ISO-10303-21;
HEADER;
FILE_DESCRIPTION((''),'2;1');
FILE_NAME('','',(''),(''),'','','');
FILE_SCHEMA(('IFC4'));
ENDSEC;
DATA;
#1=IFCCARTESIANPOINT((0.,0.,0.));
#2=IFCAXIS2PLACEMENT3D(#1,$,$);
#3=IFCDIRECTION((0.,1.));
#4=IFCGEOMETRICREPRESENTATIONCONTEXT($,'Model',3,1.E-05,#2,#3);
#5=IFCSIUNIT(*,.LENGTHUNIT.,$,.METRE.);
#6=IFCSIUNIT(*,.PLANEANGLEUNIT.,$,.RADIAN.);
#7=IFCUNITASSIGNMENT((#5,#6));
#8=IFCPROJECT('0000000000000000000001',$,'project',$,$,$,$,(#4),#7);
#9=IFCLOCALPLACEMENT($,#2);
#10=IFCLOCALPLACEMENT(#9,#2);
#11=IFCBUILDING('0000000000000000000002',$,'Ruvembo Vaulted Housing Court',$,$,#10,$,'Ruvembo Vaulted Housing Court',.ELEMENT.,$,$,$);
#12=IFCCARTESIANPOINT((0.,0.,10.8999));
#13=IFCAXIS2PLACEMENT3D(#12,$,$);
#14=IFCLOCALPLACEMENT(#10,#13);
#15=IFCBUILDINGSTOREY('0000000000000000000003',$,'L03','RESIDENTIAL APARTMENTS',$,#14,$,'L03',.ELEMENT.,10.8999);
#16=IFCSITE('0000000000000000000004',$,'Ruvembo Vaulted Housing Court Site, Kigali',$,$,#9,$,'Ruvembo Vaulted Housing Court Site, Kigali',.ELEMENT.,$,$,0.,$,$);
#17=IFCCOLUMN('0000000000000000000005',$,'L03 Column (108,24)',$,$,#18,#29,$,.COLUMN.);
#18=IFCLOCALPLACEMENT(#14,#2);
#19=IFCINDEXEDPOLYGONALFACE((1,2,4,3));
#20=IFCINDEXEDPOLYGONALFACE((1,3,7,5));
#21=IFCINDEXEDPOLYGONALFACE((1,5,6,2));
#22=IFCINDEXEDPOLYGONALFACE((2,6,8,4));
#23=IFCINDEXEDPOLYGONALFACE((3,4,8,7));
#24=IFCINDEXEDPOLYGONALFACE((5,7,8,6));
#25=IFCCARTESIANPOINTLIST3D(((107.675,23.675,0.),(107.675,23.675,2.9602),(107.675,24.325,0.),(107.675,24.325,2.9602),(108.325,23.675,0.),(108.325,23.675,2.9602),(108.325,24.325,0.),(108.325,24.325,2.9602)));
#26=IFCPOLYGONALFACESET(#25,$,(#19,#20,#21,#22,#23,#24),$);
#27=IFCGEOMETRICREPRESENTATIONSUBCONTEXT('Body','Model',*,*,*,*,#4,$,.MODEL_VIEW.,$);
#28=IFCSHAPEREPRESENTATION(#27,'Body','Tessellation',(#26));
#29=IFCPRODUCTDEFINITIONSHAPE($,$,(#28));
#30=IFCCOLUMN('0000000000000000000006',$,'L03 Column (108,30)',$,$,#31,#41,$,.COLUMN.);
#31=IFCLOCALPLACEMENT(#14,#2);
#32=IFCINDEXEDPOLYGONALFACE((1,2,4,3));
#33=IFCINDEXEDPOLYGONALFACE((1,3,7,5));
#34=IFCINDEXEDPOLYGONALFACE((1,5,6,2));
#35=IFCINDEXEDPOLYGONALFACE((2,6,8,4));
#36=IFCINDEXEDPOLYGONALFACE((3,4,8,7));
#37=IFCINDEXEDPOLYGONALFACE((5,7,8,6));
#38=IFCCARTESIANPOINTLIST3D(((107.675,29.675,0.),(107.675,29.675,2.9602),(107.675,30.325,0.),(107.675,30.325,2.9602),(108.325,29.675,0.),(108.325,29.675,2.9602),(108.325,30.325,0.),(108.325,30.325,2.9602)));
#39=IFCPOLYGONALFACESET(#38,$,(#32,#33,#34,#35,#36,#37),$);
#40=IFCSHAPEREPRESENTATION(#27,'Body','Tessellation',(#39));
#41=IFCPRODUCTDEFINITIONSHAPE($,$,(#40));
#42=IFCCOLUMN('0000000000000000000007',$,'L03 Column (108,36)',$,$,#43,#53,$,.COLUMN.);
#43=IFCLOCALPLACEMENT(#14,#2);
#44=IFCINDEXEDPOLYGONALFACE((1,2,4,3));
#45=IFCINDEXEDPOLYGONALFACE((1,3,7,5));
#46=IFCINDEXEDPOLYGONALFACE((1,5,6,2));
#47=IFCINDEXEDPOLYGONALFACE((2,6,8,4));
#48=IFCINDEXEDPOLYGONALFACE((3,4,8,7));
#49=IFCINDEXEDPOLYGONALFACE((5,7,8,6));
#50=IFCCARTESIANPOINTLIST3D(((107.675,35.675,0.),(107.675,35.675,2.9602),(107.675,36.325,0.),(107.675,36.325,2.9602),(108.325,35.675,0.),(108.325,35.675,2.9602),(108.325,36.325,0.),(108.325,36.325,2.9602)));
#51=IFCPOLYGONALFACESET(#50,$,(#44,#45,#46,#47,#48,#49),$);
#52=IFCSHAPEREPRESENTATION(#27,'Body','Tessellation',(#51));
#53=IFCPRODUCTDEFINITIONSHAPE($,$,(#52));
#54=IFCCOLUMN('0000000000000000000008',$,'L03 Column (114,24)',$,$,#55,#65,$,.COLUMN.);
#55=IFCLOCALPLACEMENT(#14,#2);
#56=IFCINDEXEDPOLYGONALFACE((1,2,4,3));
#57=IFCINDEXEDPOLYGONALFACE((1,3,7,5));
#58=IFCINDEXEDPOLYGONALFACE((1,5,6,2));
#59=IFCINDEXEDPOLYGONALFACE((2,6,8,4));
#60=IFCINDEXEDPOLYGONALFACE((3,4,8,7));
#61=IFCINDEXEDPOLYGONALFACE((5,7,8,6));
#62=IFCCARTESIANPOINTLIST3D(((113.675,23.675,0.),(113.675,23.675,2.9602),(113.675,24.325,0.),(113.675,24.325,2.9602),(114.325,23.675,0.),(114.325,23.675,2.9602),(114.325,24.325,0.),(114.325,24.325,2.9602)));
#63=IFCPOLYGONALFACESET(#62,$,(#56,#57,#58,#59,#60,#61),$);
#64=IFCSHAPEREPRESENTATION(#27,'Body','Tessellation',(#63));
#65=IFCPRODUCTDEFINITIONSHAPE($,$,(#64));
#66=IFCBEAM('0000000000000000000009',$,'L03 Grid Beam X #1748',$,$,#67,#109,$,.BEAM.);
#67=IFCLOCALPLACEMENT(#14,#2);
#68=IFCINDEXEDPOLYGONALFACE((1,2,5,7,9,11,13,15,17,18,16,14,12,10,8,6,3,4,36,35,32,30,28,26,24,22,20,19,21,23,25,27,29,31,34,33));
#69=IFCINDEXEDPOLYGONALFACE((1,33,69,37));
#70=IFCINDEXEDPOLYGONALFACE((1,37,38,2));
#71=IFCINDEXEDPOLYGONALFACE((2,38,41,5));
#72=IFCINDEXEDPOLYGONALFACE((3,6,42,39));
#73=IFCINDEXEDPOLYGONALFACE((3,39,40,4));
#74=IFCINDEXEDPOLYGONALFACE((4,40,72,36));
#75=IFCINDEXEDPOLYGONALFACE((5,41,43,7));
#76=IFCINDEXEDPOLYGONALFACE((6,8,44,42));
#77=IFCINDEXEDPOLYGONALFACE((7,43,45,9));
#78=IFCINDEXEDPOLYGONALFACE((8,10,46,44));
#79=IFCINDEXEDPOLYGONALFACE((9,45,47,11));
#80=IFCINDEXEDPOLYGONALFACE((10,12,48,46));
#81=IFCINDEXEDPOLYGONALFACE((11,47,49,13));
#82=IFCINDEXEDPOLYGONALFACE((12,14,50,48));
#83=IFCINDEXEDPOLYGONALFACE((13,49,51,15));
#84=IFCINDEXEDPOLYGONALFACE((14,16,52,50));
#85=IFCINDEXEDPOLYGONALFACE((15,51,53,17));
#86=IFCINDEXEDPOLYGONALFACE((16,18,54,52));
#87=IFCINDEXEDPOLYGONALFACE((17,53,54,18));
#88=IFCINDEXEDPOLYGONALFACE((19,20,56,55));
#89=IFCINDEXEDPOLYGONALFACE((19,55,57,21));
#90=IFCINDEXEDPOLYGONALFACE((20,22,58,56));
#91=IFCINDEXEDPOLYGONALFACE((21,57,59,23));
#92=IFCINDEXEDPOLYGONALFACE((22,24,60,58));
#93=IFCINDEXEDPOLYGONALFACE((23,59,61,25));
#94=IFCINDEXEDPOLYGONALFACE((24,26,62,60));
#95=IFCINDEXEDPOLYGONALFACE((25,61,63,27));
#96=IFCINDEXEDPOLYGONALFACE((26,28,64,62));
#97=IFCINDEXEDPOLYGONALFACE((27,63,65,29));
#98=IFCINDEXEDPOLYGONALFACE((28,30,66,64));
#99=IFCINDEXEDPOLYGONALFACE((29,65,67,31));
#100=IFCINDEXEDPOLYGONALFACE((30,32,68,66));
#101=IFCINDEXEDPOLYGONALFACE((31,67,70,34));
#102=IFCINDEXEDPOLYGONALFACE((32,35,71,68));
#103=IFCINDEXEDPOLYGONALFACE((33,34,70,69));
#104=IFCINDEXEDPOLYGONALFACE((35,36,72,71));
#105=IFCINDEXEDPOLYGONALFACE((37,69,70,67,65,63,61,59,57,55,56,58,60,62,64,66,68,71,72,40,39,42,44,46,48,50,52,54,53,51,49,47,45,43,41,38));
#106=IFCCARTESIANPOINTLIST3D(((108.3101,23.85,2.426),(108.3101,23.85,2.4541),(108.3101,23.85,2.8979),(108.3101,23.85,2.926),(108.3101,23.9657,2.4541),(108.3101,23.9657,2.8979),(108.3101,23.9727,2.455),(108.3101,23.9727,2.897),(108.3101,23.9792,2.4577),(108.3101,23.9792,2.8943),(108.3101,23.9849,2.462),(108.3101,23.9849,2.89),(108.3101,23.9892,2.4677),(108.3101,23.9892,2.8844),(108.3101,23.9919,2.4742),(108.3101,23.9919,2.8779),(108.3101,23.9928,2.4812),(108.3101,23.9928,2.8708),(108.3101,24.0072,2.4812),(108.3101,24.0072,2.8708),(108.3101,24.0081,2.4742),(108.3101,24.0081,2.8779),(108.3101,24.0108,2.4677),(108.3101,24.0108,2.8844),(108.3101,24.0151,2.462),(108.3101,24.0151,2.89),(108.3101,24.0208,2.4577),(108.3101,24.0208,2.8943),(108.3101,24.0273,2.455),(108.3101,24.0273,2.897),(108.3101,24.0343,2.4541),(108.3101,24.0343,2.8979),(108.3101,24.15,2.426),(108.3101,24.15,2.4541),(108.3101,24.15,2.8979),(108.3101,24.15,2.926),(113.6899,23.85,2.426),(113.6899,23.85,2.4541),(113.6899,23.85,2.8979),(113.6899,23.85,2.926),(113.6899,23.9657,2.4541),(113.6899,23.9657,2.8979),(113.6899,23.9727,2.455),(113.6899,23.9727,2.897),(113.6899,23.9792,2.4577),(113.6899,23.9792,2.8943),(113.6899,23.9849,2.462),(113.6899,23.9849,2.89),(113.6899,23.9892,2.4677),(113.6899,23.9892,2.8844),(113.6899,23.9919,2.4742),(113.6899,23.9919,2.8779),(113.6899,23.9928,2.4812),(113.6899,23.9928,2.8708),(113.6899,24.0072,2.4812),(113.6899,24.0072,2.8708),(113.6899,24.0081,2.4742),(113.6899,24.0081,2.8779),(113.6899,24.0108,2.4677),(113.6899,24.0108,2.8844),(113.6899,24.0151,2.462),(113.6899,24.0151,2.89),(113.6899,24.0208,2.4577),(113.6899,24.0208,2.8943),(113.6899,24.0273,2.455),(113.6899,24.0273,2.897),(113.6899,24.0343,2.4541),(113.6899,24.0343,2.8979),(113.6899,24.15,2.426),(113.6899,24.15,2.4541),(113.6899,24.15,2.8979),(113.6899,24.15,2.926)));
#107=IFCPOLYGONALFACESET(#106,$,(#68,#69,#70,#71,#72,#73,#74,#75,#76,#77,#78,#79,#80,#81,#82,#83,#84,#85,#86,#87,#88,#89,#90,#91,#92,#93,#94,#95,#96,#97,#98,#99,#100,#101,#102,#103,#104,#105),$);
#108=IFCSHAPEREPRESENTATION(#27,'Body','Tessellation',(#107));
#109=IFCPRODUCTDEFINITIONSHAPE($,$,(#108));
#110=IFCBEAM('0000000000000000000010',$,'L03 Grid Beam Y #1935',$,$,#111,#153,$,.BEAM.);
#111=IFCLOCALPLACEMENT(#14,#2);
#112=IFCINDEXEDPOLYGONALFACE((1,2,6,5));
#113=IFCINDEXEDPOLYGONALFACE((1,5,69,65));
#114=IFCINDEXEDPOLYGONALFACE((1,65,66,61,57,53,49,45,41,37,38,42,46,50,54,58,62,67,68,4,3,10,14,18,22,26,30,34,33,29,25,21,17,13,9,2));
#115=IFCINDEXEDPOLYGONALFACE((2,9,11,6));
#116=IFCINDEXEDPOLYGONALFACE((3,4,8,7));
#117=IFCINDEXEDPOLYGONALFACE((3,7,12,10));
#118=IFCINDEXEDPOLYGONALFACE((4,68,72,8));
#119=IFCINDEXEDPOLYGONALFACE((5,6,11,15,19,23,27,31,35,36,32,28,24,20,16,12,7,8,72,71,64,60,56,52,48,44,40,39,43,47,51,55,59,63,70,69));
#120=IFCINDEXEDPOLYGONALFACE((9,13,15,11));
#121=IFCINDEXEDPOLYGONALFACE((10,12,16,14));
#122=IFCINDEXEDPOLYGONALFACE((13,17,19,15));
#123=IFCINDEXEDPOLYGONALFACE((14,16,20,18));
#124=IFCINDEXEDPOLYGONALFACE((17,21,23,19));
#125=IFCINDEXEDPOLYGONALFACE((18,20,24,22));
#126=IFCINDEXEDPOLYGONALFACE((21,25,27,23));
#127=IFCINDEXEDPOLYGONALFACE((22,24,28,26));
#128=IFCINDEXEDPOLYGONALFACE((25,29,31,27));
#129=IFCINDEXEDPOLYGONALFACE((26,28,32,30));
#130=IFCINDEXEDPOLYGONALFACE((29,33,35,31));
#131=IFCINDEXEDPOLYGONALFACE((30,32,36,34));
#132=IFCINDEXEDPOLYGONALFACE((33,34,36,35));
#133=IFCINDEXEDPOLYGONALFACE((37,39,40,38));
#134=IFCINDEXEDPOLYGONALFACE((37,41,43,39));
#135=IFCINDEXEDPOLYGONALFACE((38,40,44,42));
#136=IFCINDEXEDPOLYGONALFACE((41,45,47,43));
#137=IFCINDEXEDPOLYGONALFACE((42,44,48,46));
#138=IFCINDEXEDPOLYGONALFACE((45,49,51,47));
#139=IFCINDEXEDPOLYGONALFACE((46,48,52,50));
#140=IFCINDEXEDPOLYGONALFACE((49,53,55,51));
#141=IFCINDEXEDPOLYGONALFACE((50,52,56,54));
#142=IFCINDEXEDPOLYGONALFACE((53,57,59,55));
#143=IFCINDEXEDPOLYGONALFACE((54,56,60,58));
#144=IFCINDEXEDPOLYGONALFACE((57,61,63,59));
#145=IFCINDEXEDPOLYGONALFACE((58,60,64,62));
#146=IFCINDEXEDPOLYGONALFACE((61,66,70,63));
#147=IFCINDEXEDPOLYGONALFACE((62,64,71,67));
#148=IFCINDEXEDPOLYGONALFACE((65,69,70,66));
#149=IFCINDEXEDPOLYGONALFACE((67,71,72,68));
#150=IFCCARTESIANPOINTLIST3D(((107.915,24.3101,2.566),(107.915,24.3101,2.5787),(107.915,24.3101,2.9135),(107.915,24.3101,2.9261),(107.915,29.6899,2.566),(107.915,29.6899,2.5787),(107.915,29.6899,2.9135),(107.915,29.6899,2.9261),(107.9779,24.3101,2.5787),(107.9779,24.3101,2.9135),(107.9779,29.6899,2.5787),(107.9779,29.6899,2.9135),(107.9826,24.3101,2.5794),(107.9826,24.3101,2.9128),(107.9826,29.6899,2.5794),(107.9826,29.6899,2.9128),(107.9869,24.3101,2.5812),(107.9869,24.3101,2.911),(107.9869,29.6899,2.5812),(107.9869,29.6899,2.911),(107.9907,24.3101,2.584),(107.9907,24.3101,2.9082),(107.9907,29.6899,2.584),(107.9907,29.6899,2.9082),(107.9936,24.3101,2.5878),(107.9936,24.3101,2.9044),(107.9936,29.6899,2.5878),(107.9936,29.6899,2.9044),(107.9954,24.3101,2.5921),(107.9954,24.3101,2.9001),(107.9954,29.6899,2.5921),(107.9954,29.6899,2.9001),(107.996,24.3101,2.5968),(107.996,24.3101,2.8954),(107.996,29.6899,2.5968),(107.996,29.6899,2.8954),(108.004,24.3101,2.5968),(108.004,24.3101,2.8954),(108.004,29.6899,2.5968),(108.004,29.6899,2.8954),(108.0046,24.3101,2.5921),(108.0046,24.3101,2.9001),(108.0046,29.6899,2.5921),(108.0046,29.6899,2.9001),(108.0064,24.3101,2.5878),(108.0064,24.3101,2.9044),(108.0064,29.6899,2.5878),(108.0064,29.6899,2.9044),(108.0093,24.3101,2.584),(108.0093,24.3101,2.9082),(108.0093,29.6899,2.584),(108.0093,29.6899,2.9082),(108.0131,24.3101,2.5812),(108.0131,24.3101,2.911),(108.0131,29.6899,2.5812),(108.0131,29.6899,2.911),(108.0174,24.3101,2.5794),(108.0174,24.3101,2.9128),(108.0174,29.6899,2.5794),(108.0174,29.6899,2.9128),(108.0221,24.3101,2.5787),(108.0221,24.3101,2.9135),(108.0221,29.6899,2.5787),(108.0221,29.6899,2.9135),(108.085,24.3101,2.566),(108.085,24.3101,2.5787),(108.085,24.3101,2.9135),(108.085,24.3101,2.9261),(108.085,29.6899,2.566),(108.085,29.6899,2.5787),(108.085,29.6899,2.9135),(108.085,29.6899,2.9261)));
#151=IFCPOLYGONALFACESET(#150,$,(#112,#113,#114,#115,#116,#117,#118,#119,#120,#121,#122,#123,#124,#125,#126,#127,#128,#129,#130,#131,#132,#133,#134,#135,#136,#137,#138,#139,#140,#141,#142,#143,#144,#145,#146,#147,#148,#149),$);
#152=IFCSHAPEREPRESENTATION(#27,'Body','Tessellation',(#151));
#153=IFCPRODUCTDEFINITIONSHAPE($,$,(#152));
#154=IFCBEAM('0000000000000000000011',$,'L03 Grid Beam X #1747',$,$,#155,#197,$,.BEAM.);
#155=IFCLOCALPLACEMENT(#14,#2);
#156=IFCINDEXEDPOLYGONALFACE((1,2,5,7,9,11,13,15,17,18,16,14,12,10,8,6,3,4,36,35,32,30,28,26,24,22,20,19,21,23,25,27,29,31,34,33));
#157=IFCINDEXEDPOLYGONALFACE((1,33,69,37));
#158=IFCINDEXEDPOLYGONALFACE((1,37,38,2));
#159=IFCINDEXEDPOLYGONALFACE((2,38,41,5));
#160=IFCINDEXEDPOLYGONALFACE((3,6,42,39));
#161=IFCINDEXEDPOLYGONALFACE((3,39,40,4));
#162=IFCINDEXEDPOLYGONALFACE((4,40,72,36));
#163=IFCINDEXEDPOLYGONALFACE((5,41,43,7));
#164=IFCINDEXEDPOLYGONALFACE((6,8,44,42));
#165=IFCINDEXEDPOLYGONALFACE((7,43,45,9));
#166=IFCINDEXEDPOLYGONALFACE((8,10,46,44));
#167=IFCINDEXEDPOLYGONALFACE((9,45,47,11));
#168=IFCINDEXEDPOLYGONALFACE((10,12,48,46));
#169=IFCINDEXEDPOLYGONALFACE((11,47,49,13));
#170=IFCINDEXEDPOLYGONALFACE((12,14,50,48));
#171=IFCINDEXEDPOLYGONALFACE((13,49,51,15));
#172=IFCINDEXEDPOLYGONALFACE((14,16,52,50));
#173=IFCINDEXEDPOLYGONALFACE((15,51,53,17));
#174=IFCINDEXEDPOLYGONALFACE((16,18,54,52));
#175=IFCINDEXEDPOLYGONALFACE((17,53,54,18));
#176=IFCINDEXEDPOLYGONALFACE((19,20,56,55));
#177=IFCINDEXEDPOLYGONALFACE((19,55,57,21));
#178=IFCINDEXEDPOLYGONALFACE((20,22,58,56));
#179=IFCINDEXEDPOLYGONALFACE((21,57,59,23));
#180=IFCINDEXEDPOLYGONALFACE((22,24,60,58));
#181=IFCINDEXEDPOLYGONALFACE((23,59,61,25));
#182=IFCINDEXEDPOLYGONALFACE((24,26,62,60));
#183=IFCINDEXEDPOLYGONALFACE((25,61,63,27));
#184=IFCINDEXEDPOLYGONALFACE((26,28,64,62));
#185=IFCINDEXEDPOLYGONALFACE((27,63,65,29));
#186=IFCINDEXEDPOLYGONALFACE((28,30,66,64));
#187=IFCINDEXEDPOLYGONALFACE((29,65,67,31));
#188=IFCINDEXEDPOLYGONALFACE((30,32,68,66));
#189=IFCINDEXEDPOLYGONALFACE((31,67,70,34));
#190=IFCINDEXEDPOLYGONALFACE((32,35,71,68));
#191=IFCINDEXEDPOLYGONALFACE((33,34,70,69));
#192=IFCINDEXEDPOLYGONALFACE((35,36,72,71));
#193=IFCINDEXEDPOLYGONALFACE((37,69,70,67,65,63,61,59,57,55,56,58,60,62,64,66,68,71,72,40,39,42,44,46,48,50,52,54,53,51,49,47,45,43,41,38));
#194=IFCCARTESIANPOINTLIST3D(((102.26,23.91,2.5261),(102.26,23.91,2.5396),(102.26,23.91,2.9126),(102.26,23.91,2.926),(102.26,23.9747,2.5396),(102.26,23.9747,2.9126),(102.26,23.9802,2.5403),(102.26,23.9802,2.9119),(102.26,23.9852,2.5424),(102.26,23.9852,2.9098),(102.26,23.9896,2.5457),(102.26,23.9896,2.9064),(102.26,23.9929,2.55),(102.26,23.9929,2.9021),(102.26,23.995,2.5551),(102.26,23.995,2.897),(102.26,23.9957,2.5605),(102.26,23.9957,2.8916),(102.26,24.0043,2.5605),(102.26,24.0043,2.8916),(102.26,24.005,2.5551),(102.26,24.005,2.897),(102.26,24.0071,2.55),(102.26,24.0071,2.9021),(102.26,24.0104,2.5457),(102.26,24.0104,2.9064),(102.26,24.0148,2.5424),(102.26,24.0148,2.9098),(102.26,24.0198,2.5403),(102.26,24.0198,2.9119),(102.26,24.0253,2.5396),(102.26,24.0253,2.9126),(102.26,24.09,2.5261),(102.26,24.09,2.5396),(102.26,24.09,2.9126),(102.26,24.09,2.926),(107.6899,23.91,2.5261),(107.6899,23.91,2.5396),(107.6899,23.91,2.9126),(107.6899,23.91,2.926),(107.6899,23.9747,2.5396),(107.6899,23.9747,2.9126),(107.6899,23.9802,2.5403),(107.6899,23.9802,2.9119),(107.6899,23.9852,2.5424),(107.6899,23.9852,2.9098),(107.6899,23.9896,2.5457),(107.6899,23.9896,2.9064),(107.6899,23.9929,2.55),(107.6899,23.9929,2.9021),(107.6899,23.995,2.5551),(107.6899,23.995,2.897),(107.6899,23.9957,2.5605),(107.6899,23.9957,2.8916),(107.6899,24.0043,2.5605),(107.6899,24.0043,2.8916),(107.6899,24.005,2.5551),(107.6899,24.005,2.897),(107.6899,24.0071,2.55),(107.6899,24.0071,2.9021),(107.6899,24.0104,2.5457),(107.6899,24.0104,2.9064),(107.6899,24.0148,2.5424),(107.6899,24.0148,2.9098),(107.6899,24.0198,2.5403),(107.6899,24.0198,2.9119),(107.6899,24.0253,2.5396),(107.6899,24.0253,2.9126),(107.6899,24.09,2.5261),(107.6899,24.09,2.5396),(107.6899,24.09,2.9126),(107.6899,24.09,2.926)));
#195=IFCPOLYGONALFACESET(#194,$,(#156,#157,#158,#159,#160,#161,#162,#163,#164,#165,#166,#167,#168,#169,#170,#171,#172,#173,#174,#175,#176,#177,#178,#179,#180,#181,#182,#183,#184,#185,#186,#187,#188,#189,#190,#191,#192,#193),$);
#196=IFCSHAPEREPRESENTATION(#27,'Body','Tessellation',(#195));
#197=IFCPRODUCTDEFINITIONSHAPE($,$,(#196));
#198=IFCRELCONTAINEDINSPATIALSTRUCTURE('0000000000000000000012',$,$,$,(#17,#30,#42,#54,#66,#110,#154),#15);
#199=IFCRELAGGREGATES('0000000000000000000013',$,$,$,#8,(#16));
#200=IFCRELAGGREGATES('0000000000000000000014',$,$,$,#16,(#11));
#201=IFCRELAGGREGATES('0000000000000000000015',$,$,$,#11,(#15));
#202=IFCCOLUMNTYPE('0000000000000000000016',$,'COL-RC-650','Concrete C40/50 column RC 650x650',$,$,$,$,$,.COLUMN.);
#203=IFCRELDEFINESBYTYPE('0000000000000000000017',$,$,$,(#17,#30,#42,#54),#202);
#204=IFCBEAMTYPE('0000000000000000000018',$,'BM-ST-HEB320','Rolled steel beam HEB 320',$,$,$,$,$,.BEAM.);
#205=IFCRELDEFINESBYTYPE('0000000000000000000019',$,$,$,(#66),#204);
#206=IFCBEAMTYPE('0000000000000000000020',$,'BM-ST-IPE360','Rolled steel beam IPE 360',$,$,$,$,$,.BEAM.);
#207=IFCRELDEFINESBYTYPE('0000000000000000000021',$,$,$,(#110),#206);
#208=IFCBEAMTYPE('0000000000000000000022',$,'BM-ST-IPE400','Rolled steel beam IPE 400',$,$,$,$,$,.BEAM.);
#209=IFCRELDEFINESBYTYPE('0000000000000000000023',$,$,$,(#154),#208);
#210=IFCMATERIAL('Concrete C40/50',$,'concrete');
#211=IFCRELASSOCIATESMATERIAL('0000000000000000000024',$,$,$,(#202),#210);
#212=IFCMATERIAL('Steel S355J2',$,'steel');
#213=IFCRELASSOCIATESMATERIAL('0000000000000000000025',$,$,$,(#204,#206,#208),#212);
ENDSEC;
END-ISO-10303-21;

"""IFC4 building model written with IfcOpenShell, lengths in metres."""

from ifc_helpers import new_model, si_unit, direction, frame, origin, origin_2d, place, context, subcontext, project, spatial, rectangle, i_section, extrude, material, material_profile, profile_set, type_object, element, save


model = new_model("IFC4")

# Units and contexts
model_context = context("Model", 3, precision=1e-05, world=origin(), true_north=direction((0.0, 1.0)))
body_context = subcontext(model_context, "Body", "Model", "MODEL_VIEW")
ifc_project = project(units=[si_unit("LENGTHUNIT", "METRE"), si_unit("PLANEANGLEUNIT", "RADIAN")], contexts=[model_context])

# Site, building, storey
site_placement = place(None, origin())
site = spatial("IfcSite", under=ifc_project, at=site_placement, Name="Ruvembo Vaulted Housing Court Site, Kigali", LongName="Ruvembo Vaulted Housing Court Site, Kigali", CompositionType="ELEMENT", RefElevation=0.0)
building_placement = place(site_placement, origin())
building = spatial("IfcBuilding", under=site, at=building_placement, Name="Ruvembo Vaulted Housing Court", LongName="Ruvembo Vaulted Housing Court", CompositionType="ELEMENT")
storey_placement = place(building_placement, frame((0.0, 0.0, 10.8999)))
storey = spatial("IfcBuildingStorey", under=building, at=storey_placement, Name="L03", Description="RESIDENTIAL APARTMENTS", LongName="L03", CompositionType="ELEMENT", Elevation=10.8999)

# Columns
ifc_material_1 = material(Name="Concrete C40/50", Category="concrete")
ifc_material_profile_1 = material_profile(ifc_material_1, rectangle(XDim=0.6499, YDim=0.6499, at=origin_2d()), Name="RC 650x650")
ifc_profile_set_1 = profile_set([ifc_material_profile_1], Name="Concrete C40/50")
column_type = type_object("IfcColumnType", Name="COL-RC-650", Description="Concrete C40/50 column RC 650x650", PredefinedType="COLUMN", material=ifc_profile_set_1)
for number, where, z_axis, x_axis, name in (
    (1, (108.0, 24.0, 0.0), (0.0, 0.0, 1.0), (1.0, 0.0, 0.0), "L03 Column (108,24)"),
    (2, (108.0, 30.0, 0.0), (0.0, 0.0, 1.0), (1.0, 0.0, 0.0), "L03 Column (108,30)"),
    (3, (108.0, 36.0, 0.0), (0.0, 0.0, 1.0), (1.0, 0.0, 0.0), "L03 Column (108,36)"),
    (4, (114.0, 24.0, 0.0), (0.0, 0.0, 1.0), (1.0, 0.0, 0.0), "L03 Column (114,24)"),
):
    element("IfcColumn", number, at=place(storey_placement, frame(where, z_axis=z_axis, x_axis=x_axis)), inside=storey, type_object=column_type, Name=name, PredefinedType="COLUMN", context=body_context, shape_type="SweptSolid", body=[
        extrude(rectangle(XDim=0.6499, YDim=0.6499, at=origin_2d()), origin(), (0.0, 0.0, 1.0), 2.9602),
    ])

# Beams
ifc_material_2 = material(Name="Steel S355J2", Category="steel")
ifc_material_profile_2 = material_profile(ifc_material_2, i_section(OverallWidth=0.3, OverallDepth=0.5, WebThickness=0.0144, FlangeThickness=0.0281, FilletRadius=0.0271, at=origin_2d()), Name="HEB 320")
ifc_profile_set_2 = profile_set([ifc_material_profile_2], Name="Steel S355J2")
beam_type_1 = type_object("IfcBeamType", Name="BM-ST-HEB320", Description="Rolled steel beam HEB 320", PredefinedType="BEAM", material=ifc_profile_set_2)
beam_1_placement = place(storey_placement, frame((108.3101, 24.0, 2.676), z_axis=(1.0, 0.0, 0.0), x_axis=(0.0, 1.0, 0.0)))
element("IfcBeam", 5, at=beam_1_placement, inside=storey, type_object=beam_type_1, Name="L03 Grid Beam X #1748", PredefinedType="BEAM", context=body_context, shape_type="SweptSolid", body=[
    extrude(i_section(OverallWidth=0.3, OverallDepth=0.5, WebThickness=0.0144, FlangeThickness=0.0281, FilletRadius=0.0271, at=origin_2d()), origin(), (0.0, 0.0, 1.0), 5.3799),
])
ifc_material_profile_3 = material_profile(ifc_material_2, i_section(OverallWidth=0.1699, OverallDepth=0.3601, WebThickness=0.0081, FlangeThickness=0.0127, FilletRadius=0.0181, at=origin_2d()), Name="IPE 360")
ifc_profile_set_3 = profile_set([ifc_material_profile_3], Name="Steel S355J2")
beam_type_2 = type_object("IfcBeamType", Name="BM-ST-IPE360", Description="Rolled steel beam IPE 360", PredefinedType="BEAM", material=ifc_profile_set_3)
beam_2_placement = place(storey_placement, frame((108.0, 24.3101, 2.7461), z_axis=(0.0, 1.0, 0.0), x_axis=(-1.0, 0.0, 0.0)))
element("IfcBeam", 6, at=beam_2_placement, inside=storey, type_object=beam_type_2, Name="L03 Grid Beam Y #1935", PredefinedType="BEAM", context=body_context, shape_type="SweptSolid", body=[
    extrude(i_section(OverallWidth=0.1699, OverallDepth=0.3601, WebThickness=0.0081, FlangeThickness=0.0127, FilletRadius=0.0181, at=origin_2d()), origin(), (0.0, 0.0, 1.0), 5.3799),
])
ifc_material_profile_4 = material_profile(ifc_material_2, i_section(OverallWidth=0.1799, OverallDepth=0.3999, WebThickness=0.0085, FlangeThickness=0.0134, FilletRadius=0.021, at=origin_2d()), Name="IPE 400")
ifc_profile_set_4 = profile_set([ifc_material_profile_4], Name="Steel S355J2")
beam_type_3 = type_object("IfcBeamType", Name="BM-ST-IPE400", Description="Rolled steel beam IPE 400", PredefinedType="BEAM", material=ifc_profile_set_4)
beam_3_placement = place(storey_placement, frame((102.26, 24.0, 2.7261), z_axis=(1.0, 0.0, 0.0), x_axis=(0.0, 1.0, 0.0)))
element("IfcBeam", 7, at=beam_3_placement, inside=storey, type_object=beam_type_3, Name="L03 Grid Beam X #1747", PredefinedType="BEAM", context=body_context, shape_type="SweptSolid", body=[
    extrude(i_section(OverallWidth=0.1799, OverallDepth=0.3999, WebThickness=0.0085, FlangeThickness=0.0134, FilletRadius=0.021, at=origin_2d()), origin(), (0.0, 0.0, 1.0), 5.4299),
])

save(model, "model.ifc")
